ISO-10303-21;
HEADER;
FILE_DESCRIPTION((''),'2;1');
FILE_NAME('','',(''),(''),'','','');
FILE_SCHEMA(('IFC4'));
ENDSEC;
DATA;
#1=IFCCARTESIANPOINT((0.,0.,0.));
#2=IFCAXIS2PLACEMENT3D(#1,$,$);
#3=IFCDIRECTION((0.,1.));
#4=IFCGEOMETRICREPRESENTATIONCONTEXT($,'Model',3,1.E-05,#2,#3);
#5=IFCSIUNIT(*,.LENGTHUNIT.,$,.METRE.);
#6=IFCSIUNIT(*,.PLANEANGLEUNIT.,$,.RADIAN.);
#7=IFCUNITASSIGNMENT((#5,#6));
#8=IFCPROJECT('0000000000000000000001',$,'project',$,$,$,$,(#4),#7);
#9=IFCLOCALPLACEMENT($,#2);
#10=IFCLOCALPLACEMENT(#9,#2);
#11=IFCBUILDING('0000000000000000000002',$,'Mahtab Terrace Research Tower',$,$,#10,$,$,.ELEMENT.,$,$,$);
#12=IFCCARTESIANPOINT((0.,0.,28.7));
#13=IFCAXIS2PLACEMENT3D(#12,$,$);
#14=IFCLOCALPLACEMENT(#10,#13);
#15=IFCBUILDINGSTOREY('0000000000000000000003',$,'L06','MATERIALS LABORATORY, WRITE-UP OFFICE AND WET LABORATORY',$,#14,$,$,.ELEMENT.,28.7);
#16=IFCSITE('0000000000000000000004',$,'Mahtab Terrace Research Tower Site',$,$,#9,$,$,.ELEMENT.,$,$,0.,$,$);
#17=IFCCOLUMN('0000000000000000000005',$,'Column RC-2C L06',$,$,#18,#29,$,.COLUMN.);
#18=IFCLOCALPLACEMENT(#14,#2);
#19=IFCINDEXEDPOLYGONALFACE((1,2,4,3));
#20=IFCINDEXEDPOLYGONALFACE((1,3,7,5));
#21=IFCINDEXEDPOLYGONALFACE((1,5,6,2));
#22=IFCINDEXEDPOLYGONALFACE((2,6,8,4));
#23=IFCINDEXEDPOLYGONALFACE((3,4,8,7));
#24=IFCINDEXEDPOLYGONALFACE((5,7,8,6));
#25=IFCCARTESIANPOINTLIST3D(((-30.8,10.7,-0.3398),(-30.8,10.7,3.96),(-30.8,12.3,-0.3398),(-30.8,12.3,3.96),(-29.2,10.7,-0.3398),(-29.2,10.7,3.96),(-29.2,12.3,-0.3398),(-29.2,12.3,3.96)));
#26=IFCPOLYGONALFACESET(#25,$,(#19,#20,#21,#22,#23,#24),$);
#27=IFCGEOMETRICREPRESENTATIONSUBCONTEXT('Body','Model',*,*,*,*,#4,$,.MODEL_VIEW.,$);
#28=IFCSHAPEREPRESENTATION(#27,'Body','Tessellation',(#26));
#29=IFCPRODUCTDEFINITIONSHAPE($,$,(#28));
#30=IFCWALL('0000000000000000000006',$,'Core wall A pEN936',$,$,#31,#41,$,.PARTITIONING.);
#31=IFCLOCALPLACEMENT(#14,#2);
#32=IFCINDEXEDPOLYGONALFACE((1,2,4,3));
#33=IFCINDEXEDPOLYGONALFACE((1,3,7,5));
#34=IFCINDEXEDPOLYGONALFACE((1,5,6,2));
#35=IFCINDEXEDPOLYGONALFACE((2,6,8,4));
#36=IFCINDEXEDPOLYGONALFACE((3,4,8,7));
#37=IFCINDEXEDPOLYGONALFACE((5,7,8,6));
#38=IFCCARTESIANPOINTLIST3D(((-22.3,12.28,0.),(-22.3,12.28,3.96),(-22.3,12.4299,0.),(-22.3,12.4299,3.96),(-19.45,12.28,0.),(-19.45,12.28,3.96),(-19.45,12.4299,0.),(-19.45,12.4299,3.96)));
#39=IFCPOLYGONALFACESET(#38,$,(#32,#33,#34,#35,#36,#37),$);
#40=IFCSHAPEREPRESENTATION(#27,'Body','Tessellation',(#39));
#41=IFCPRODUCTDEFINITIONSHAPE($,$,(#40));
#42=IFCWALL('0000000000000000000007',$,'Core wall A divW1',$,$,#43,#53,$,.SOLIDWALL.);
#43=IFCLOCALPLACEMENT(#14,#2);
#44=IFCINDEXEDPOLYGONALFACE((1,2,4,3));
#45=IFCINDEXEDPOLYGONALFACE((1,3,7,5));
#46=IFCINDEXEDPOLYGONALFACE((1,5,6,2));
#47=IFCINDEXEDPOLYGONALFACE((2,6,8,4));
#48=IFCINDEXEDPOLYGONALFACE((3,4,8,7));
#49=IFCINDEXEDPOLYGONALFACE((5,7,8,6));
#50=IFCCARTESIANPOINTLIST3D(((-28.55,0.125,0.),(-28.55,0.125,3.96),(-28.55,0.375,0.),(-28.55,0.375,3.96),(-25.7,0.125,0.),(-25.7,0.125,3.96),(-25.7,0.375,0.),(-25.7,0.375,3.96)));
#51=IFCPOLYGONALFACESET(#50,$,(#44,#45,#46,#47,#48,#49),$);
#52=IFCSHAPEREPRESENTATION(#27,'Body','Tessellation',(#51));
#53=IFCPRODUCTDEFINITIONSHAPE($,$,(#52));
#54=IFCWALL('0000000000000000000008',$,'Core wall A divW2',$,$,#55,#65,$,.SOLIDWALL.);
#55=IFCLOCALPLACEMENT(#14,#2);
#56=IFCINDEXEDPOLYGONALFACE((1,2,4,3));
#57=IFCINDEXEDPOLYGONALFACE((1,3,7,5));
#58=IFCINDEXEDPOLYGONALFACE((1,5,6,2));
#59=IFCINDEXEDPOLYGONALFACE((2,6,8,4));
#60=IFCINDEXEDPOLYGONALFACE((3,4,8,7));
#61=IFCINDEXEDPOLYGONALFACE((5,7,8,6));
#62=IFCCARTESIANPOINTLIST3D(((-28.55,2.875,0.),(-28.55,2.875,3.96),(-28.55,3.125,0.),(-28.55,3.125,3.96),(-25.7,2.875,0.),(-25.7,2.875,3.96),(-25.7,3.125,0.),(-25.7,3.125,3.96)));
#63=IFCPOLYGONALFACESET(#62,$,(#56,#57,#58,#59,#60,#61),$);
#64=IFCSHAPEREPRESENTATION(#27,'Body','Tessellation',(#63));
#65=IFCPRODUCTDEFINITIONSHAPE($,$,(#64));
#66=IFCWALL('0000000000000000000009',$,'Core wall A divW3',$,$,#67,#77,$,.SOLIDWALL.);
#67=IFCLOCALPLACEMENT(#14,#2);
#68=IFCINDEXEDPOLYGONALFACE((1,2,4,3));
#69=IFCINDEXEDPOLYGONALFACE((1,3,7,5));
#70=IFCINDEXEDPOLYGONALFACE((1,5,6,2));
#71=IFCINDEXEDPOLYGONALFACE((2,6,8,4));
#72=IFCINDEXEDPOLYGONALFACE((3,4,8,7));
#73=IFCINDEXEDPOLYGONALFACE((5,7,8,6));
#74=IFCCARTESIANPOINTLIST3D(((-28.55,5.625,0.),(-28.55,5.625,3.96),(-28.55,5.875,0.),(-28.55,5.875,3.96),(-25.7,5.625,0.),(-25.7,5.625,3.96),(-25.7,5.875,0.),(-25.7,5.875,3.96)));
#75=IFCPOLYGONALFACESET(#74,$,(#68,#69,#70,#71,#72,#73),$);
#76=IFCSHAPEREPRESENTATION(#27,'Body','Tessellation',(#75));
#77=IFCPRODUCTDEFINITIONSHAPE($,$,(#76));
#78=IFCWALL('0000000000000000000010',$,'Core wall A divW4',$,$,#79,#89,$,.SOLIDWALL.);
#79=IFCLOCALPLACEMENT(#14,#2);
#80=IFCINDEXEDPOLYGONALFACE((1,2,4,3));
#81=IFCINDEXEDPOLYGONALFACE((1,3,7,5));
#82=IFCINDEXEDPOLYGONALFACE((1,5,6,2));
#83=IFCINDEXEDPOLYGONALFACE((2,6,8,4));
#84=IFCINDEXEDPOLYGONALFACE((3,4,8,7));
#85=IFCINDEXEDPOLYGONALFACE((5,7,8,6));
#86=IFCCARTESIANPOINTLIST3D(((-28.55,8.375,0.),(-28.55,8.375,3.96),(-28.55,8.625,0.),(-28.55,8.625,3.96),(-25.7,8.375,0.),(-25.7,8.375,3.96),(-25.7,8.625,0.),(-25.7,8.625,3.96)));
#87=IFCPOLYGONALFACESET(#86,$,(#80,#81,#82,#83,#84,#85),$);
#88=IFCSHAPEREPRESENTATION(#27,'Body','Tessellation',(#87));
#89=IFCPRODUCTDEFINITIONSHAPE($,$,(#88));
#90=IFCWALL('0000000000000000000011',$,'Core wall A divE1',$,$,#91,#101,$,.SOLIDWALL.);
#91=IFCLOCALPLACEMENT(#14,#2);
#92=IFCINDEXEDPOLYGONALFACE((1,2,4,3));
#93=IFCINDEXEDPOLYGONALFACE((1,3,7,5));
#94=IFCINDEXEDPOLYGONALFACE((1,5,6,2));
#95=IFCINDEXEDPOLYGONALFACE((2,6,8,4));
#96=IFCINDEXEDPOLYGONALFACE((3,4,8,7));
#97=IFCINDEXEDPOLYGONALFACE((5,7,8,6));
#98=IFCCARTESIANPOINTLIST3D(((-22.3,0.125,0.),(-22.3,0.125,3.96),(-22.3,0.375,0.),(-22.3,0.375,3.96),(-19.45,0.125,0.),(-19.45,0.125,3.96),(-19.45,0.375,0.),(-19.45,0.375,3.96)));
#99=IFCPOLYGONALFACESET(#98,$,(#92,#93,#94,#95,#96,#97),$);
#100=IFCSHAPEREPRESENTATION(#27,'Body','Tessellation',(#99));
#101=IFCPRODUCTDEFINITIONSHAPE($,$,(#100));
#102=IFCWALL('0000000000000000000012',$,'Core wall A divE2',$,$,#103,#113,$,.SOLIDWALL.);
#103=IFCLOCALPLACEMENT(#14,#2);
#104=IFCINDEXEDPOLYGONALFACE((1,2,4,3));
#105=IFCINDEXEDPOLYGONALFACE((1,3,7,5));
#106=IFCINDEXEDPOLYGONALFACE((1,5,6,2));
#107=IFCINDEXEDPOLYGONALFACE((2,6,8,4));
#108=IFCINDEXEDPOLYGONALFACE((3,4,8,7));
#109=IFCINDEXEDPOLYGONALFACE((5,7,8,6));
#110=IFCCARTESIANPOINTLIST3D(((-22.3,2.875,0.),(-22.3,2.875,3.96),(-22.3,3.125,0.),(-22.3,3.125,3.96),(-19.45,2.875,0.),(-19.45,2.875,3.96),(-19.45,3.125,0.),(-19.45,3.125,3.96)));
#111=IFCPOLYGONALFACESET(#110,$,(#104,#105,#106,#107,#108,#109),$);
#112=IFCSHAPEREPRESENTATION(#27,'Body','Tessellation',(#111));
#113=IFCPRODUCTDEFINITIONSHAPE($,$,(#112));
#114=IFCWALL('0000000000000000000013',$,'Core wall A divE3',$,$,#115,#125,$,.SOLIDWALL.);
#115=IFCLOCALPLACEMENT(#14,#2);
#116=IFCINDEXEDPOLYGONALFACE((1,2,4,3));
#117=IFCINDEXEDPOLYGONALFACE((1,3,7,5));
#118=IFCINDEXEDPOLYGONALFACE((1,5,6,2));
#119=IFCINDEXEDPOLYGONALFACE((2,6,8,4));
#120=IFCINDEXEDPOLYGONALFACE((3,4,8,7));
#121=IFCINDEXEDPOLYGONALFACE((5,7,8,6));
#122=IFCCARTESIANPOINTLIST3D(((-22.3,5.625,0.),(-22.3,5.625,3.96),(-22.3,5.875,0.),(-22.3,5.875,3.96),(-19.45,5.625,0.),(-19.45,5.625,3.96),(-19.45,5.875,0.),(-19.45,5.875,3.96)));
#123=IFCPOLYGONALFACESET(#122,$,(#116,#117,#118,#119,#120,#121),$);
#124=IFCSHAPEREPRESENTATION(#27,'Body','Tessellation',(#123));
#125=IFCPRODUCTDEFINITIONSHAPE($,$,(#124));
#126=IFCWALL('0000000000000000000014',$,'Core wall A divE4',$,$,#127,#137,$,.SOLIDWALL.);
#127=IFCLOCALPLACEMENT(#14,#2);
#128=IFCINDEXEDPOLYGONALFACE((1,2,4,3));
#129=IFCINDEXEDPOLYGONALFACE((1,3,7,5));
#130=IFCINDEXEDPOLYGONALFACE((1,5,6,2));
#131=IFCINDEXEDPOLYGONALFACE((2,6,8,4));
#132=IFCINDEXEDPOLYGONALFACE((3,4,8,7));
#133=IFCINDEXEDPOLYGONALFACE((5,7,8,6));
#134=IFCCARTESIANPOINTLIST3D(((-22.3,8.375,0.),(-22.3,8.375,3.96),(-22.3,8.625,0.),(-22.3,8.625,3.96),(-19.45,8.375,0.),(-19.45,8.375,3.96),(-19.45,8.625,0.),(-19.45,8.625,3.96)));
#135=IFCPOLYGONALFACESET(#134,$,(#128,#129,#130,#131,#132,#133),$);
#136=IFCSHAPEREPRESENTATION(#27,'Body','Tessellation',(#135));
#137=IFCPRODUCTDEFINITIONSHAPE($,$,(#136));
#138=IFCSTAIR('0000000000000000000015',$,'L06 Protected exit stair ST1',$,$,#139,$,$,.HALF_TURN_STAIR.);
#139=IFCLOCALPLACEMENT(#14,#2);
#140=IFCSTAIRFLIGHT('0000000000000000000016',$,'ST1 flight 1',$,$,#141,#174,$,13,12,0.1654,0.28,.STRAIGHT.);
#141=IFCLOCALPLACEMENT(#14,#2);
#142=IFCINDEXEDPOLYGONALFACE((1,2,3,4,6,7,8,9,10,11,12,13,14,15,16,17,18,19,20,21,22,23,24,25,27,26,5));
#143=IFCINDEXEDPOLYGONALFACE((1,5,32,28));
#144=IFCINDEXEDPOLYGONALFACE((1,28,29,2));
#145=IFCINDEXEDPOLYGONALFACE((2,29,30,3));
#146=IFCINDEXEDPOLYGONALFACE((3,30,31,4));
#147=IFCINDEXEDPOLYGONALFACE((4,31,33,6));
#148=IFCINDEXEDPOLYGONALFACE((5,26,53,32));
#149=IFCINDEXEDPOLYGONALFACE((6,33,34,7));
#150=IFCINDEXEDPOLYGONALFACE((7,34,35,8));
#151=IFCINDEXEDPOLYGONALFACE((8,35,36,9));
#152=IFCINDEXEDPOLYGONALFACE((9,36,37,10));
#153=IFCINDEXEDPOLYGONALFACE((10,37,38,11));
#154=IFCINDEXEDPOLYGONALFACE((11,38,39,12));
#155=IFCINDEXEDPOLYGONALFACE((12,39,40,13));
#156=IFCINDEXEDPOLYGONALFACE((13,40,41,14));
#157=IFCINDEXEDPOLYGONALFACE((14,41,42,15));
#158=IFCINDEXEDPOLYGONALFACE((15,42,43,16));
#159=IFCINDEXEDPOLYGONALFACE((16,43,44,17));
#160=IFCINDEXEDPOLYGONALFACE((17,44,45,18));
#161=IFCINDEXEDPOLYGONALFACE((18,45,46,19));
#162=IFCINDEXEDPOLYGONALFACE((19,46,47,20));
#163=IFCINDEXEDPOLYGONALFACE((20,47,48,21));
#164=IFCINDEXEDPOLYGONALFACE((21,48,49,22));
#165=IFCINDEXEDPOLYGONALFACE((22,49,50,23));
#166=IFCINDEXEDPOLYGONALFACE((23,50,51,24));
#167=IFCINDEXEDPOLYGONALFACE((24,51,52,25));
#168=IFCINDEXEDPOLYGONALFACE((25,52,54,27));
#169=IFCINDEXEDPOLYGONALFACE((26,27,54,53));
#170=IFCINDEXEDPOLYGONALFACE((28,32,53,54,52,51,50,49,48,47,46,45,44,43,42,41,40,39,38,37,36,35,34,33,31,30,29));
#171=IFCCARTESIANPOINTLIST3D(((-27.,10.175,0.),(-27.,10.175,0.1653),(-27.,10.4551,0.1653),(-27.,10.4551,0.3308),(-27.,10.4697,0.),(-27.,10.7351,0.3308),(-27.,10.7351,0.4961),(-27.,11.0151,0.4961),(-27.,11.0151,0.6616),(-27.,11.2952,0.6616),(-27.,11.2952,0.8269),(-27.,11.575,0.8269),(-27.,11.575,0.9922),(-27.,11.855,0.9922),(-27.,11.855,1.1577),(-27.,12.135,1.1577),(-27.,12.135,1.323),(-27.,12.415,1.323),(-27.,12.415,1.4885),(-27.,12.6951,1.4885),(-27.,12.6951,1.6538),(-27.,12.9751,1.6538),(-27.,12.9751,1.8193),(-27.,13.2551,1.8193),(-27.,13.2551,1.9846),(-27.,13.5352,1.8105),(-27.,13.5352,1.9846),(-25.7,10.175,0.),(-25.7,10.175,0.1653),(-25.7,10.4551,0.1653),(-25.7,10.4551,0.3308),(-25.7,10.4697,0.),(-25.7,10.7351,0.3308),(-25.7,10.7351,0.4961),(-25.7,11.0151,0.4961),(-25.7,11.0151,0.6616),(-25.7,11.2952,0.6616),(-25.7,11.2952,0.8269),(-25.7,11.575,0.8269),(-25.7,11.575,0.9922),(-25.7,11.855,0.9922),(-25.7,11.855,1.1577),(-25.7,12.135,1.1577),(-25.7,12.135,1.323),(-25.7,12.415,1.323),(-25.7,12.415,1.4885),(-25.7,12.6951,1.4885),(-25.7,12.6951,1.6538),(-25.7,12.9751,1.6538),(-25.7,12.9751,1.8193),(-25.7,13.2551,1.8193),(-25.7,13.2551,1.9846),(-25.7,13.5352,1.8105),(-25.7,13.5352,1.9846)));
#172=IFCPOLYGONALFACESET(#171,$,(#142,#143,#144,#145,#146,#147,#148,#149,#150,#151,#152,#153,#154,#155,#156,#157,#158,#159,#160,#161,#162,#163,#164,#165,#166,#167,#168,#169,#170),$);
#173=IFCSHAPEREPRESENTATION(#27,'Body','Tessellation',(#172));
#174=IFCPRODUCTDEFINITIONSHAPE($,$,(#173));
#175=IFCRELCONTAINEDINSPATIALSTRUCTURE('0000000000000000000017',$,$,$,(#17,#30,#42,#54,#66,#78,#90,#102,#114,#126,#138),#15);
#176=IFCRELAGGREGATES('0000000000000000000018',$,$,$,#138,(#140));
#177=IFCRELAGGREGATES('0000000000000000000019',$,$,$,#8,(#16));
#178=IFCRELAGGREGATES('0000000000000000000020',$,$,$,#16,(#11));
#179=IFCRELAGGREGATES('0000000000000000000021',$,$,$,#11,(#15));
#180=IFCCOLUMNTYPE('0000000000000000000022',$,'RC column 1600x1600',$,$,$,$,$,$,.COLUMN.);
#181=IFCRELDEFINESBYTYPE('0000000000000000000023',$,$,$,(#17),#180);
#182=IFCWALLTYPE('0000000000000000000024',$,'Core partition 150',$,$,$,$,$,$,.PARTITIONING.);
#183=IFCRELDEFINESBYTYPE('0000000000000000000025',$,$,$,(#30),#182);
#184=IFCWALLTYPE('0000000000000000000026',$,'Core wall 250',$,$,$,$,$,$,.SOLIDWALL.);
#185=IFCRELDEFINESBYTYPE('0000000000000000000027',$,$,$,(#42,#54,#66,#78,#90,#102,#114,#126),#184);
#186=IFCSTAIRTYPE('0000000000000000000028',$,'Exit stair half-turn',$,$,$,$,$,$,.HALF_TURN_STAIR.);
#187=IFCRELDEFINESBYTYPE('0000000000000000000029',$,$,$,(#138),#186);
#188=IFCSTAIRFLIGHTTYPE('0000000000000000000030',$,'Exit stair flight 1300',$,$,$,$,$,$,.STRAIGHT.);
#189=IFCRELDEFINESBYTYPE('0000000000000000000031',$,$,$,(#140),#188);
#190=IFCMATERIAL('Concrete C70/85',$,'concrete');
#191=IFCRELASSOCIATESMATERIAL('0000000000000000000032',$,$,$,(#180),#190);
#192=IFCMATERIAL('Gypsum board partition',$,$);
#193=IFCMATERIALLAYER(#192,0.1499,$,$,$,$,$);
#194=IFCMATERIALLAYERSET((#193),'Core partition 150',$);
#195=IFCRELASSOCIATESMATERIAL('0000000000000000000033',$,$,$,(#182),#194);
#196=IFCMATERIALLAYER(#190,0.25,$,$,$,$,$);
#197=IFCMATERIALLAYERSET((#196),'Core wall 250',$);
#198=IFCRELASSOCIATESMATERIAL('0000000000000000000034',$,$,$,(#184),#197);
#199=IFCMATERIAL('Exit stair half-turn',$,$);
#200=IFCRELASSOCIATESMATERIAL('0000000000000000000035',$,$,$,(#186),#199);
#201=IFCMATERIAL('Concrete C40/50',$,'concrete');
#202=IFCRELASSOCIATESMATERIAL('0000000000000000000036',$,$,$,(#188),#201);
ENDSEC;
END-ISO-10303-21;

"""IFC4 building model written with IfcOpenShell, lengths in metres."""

from ifc_helpers import new_model, si_unit, direction, frame, frame_2d, origin, origin_2d, place, context, subcontext, project, spatial, polyline, rectangle, outline, extrude, material, layer, layer_set, material_profile, profile_set, type_object, element, aggregate, save


model = new_model("IFC4")

# Units and contexts
model_context = context("Model", 3, precision=1e-05, world=origin(), true_north=direction((0.0, 1.0)))
body_context = subcontext(model_context, "Body", "Model", "MODEL_VIEW")
ifc_project = project(units=[si_unit("LENGTHUNIT", "METRE"), si_unit("PLANEANGLEUNIT", "RADIAN")], contexts=[model_context])

# Site, building, storey
site_placement = place(None, origin())
site = spatial("IfcSite", under=ifc_project, at=site_placement, Name="Mahtab Terrace Research Tower Site", CompositionType="ELEMENT", RefElevation=0.0)
building_placement = place(site_placement, origin())
building = spatial("IfcBuilding", under=site, at=building_placement, Name="Mahtab Terrace Research Tower", CompositionType="ELEMENT")
storey_placement = place(building_placement, frame((0.0, 0.0, 28.7)))
storey = spatial("IfcBuildingStorey", under=building, at=storey_placement, Name="L06", Description="MATERIALS LABORATORY, WRITE-UP OFFICE AND WET LABORATORY", CompositionType="ELEMENT", Elevation=28.7)

# Column
ifc_material_1 = material(Name="Concrete C70/85", Category="concrete")
ifc_material_profile = material_profile(ifc_material_1, rectangle(XDim=1.6001, YDim=1.6001, at=origin_2d()), Name="RC column 1600x1600")
ifc_profile_set = profile_set([ifc_material_profile], Name="Concrete C70/85")
column_type = type_object("IfcColumnType", Name="RC column 1600x1600", PredefinedType="COLUMN", material=ifc_profile_set)
column_placement = place(storey_placement, frame((-30.0, 11.5, -0.3398), z_axis=(0.0, 0.0, 1.0), x_axis=(1.0, 0.0, 0.0)))
element("IfcColumn", 1, at=column_placement, inside=storey, type_object=column_type, Name="Column RC-2C L06", PredefinedType="COLUMN", context=body_context, shape_type="SweptSolid", body=[
    extrude(rectangle(XDim=1.6001, YDim=1.6001, at=origin_2d()), origin(), (0.0, 0.0, 1.0), 4.2998),
])

# Walls
ifc_material_2 = material(Name="Gypsum board partition")
ifc_layer_1 = layer(ifc_material_2, 0.1499)
ifc_layer_set_1 = layer_set([ifc_layer_1], Name="Core partition 150")
wall_type_1 = type_object("IfcWallType", Name="Core partition 150", PredefinedType="PARTITIONING", material=ifc_layer_set_1)
wall_placement = place(storey_placement, frame((-22.3, 12.355, 0.0), z_axis=(0.0, 0.0, 1.0), x_axis=(1.0, 0.0, 0.0)))
element("IfcWall", 2, at=wall_placement, inside=storey, type_object=wall_type_1, Name="Core wall A pEN936", PredefinedType="PARTITIONING", context=body_context, shape_type="SweptSolid", body=[
    extrude(rectangle(XDim=2.8501, YDim=0.1499, at=frame_2d((1.425, 0.0))), origin(), (0.0, 0.0, 1.0), 3.96),
])
ifc_layer_2 = layer(ifc_material_1, 0.25)
ifc_layer_set_2 = layer_set([ifc_layer_2], Name="Core wall 250")
wall_type_2 = type_object("IfcWallType", Name="Core wall 250", PredefinedType="SOLIDWALL", material=ifc_layer_set_2)
for number, where, z_axis, x_axis, name in (
    (3, (-28.55, 0.25, 0.0), (0.0, 0.0, 1.0), (1.0, 0.0, 0.0), "Core wall A divW1"),
    (4, (-28.55, 3.0, 0.0), (0.0, 0.0, 1.0), (1.0, 0.0, 0.0), "Core wall A divW2"),
    (5, (-28.55, 5.75, 0.0), (0.0, 0.0, 1.0), (1.0, 0.0, 0.0), "Core wall A divW3"),
    (6, (-28.55, 8.5, 0.0), (0.0, 0.0, 1.0), (1.0, 0.0, 0.0), "Core wall A divW4"),
    (7, (-22.3, 0.25, 0.0), (0.0, 0.0, 1.0), (1.0, 0.0, 0.0), "Core wall A divE1"),
    (8, (-22.3, 3.0, 0.0), (0.0, 0.0, 1.0), (1.0, 0.0, 0.0), "Core wall A divE2"),
    (9, (-22.3, 5.75, 0.0), (0.0, 0.0, 1.0), (1.0, 0.0, 0.0), "Core wall A divE3"),
    (10, (-22.3, 8.5, 0.0), (0.0, 0.0, 1.0), (1.0, 0.0, 0.0), "Core wall A divE4"),
):
    element("IfcWall", number, at=place(storey_placement, frame(where, z_axis=z_axis, x_axis=x_axis)), inside=storey, type_object=wall_type_2, Name=name, PredefinedType="SOLIDWALL", context=body_context, shape_type="SweptSolid", body=[
        extrude(rectangle(XDim=2.8501, YDim=0.25, at=frame_2d((1.425, 0.0))), origin(), (0.0, 0.0, 1.0), 3.96),
    ])

# Stair, stair flight
ifc_material_3 = material(Name="Exit stair half-turn")
stair_type = type_object("IfcStairType", Name="Exit stair half-turn", PredefinedType="HALF_TURN_STAIR", material=ifc_material_3)
stair_placement = place(storey_placement, origin())
stair = element("IfcStair", 11, at=stair_placement, inside=storey, type_object=stair_type, Name="L06 Protected exit stair ST1", PredefinedType="HALF_TURN_STAIR")
ifc_material_4 = material(Name="Concrete C40/50", Category="concrete")
stair_flight_type = type_object("IfcStairFlightType", Name="Exit stair flight 1300", PredefinedType="STRAIGHT", material=ifc_material_4)
stair_flight_placement = place(storey_placement, frame((-26.3501, 10.175, 0.0), z_axis=(0.0, 0.0, 1.0), x_axis=(0.0, 1.0, 0.0)))
stair_flight = element("IfcStairFlight", 12, at=stair_flight_placement, type_object=stair_flight_type, Name="ST1 flight 1", NumberOfRisers=13, NumberOfTreads=12, PredefinedType="STRAIGHT", RiserHeight=0.1654, TreadLength=0.28, context=body_context, shape_type="SweptSolid", body=[
    extrude(outline(polyline([(0.0, 0.0), (0.0, 0.1653), (0.28, 0.1653), (0.28, 0.3308), (0.5601, 0.3308), (0.5601, 0.4961), (0.8401, 0.4961), (0.8401, 0.6616), (1.1201, 0.6616), (1.1201, 0.8269), (1.3999, 0.8269), (1.3999, 0.9922), (1.6799, 0.9922), (1.6799, 1.1577), (1.96, 1.1577), (1.96, 1.323), (2.24, 1.323), (2.24, 1.4885), (2.52, 1.4885), (2.52, 1.6538), (2.8, 1.6538), (2.8, 1.8193), (3.0801, 1.8193), (3.0801, 1.9846), (3.3601, 1.9846), (3.3601, 2.1499), (3.3601, 1.8105), (0.2947, 0.0), (0.0, 0.0)])), frame((0.0, 0.6499, 0.0), z_axis=(0.0, -1.0, 0.0), x_axis=(1.0, 0.0, 0.0)), (0.0, 0.0, 1.0), 1.3),
])
aggregate(stair, [stair_flight])

save(model, "model.ifc")
